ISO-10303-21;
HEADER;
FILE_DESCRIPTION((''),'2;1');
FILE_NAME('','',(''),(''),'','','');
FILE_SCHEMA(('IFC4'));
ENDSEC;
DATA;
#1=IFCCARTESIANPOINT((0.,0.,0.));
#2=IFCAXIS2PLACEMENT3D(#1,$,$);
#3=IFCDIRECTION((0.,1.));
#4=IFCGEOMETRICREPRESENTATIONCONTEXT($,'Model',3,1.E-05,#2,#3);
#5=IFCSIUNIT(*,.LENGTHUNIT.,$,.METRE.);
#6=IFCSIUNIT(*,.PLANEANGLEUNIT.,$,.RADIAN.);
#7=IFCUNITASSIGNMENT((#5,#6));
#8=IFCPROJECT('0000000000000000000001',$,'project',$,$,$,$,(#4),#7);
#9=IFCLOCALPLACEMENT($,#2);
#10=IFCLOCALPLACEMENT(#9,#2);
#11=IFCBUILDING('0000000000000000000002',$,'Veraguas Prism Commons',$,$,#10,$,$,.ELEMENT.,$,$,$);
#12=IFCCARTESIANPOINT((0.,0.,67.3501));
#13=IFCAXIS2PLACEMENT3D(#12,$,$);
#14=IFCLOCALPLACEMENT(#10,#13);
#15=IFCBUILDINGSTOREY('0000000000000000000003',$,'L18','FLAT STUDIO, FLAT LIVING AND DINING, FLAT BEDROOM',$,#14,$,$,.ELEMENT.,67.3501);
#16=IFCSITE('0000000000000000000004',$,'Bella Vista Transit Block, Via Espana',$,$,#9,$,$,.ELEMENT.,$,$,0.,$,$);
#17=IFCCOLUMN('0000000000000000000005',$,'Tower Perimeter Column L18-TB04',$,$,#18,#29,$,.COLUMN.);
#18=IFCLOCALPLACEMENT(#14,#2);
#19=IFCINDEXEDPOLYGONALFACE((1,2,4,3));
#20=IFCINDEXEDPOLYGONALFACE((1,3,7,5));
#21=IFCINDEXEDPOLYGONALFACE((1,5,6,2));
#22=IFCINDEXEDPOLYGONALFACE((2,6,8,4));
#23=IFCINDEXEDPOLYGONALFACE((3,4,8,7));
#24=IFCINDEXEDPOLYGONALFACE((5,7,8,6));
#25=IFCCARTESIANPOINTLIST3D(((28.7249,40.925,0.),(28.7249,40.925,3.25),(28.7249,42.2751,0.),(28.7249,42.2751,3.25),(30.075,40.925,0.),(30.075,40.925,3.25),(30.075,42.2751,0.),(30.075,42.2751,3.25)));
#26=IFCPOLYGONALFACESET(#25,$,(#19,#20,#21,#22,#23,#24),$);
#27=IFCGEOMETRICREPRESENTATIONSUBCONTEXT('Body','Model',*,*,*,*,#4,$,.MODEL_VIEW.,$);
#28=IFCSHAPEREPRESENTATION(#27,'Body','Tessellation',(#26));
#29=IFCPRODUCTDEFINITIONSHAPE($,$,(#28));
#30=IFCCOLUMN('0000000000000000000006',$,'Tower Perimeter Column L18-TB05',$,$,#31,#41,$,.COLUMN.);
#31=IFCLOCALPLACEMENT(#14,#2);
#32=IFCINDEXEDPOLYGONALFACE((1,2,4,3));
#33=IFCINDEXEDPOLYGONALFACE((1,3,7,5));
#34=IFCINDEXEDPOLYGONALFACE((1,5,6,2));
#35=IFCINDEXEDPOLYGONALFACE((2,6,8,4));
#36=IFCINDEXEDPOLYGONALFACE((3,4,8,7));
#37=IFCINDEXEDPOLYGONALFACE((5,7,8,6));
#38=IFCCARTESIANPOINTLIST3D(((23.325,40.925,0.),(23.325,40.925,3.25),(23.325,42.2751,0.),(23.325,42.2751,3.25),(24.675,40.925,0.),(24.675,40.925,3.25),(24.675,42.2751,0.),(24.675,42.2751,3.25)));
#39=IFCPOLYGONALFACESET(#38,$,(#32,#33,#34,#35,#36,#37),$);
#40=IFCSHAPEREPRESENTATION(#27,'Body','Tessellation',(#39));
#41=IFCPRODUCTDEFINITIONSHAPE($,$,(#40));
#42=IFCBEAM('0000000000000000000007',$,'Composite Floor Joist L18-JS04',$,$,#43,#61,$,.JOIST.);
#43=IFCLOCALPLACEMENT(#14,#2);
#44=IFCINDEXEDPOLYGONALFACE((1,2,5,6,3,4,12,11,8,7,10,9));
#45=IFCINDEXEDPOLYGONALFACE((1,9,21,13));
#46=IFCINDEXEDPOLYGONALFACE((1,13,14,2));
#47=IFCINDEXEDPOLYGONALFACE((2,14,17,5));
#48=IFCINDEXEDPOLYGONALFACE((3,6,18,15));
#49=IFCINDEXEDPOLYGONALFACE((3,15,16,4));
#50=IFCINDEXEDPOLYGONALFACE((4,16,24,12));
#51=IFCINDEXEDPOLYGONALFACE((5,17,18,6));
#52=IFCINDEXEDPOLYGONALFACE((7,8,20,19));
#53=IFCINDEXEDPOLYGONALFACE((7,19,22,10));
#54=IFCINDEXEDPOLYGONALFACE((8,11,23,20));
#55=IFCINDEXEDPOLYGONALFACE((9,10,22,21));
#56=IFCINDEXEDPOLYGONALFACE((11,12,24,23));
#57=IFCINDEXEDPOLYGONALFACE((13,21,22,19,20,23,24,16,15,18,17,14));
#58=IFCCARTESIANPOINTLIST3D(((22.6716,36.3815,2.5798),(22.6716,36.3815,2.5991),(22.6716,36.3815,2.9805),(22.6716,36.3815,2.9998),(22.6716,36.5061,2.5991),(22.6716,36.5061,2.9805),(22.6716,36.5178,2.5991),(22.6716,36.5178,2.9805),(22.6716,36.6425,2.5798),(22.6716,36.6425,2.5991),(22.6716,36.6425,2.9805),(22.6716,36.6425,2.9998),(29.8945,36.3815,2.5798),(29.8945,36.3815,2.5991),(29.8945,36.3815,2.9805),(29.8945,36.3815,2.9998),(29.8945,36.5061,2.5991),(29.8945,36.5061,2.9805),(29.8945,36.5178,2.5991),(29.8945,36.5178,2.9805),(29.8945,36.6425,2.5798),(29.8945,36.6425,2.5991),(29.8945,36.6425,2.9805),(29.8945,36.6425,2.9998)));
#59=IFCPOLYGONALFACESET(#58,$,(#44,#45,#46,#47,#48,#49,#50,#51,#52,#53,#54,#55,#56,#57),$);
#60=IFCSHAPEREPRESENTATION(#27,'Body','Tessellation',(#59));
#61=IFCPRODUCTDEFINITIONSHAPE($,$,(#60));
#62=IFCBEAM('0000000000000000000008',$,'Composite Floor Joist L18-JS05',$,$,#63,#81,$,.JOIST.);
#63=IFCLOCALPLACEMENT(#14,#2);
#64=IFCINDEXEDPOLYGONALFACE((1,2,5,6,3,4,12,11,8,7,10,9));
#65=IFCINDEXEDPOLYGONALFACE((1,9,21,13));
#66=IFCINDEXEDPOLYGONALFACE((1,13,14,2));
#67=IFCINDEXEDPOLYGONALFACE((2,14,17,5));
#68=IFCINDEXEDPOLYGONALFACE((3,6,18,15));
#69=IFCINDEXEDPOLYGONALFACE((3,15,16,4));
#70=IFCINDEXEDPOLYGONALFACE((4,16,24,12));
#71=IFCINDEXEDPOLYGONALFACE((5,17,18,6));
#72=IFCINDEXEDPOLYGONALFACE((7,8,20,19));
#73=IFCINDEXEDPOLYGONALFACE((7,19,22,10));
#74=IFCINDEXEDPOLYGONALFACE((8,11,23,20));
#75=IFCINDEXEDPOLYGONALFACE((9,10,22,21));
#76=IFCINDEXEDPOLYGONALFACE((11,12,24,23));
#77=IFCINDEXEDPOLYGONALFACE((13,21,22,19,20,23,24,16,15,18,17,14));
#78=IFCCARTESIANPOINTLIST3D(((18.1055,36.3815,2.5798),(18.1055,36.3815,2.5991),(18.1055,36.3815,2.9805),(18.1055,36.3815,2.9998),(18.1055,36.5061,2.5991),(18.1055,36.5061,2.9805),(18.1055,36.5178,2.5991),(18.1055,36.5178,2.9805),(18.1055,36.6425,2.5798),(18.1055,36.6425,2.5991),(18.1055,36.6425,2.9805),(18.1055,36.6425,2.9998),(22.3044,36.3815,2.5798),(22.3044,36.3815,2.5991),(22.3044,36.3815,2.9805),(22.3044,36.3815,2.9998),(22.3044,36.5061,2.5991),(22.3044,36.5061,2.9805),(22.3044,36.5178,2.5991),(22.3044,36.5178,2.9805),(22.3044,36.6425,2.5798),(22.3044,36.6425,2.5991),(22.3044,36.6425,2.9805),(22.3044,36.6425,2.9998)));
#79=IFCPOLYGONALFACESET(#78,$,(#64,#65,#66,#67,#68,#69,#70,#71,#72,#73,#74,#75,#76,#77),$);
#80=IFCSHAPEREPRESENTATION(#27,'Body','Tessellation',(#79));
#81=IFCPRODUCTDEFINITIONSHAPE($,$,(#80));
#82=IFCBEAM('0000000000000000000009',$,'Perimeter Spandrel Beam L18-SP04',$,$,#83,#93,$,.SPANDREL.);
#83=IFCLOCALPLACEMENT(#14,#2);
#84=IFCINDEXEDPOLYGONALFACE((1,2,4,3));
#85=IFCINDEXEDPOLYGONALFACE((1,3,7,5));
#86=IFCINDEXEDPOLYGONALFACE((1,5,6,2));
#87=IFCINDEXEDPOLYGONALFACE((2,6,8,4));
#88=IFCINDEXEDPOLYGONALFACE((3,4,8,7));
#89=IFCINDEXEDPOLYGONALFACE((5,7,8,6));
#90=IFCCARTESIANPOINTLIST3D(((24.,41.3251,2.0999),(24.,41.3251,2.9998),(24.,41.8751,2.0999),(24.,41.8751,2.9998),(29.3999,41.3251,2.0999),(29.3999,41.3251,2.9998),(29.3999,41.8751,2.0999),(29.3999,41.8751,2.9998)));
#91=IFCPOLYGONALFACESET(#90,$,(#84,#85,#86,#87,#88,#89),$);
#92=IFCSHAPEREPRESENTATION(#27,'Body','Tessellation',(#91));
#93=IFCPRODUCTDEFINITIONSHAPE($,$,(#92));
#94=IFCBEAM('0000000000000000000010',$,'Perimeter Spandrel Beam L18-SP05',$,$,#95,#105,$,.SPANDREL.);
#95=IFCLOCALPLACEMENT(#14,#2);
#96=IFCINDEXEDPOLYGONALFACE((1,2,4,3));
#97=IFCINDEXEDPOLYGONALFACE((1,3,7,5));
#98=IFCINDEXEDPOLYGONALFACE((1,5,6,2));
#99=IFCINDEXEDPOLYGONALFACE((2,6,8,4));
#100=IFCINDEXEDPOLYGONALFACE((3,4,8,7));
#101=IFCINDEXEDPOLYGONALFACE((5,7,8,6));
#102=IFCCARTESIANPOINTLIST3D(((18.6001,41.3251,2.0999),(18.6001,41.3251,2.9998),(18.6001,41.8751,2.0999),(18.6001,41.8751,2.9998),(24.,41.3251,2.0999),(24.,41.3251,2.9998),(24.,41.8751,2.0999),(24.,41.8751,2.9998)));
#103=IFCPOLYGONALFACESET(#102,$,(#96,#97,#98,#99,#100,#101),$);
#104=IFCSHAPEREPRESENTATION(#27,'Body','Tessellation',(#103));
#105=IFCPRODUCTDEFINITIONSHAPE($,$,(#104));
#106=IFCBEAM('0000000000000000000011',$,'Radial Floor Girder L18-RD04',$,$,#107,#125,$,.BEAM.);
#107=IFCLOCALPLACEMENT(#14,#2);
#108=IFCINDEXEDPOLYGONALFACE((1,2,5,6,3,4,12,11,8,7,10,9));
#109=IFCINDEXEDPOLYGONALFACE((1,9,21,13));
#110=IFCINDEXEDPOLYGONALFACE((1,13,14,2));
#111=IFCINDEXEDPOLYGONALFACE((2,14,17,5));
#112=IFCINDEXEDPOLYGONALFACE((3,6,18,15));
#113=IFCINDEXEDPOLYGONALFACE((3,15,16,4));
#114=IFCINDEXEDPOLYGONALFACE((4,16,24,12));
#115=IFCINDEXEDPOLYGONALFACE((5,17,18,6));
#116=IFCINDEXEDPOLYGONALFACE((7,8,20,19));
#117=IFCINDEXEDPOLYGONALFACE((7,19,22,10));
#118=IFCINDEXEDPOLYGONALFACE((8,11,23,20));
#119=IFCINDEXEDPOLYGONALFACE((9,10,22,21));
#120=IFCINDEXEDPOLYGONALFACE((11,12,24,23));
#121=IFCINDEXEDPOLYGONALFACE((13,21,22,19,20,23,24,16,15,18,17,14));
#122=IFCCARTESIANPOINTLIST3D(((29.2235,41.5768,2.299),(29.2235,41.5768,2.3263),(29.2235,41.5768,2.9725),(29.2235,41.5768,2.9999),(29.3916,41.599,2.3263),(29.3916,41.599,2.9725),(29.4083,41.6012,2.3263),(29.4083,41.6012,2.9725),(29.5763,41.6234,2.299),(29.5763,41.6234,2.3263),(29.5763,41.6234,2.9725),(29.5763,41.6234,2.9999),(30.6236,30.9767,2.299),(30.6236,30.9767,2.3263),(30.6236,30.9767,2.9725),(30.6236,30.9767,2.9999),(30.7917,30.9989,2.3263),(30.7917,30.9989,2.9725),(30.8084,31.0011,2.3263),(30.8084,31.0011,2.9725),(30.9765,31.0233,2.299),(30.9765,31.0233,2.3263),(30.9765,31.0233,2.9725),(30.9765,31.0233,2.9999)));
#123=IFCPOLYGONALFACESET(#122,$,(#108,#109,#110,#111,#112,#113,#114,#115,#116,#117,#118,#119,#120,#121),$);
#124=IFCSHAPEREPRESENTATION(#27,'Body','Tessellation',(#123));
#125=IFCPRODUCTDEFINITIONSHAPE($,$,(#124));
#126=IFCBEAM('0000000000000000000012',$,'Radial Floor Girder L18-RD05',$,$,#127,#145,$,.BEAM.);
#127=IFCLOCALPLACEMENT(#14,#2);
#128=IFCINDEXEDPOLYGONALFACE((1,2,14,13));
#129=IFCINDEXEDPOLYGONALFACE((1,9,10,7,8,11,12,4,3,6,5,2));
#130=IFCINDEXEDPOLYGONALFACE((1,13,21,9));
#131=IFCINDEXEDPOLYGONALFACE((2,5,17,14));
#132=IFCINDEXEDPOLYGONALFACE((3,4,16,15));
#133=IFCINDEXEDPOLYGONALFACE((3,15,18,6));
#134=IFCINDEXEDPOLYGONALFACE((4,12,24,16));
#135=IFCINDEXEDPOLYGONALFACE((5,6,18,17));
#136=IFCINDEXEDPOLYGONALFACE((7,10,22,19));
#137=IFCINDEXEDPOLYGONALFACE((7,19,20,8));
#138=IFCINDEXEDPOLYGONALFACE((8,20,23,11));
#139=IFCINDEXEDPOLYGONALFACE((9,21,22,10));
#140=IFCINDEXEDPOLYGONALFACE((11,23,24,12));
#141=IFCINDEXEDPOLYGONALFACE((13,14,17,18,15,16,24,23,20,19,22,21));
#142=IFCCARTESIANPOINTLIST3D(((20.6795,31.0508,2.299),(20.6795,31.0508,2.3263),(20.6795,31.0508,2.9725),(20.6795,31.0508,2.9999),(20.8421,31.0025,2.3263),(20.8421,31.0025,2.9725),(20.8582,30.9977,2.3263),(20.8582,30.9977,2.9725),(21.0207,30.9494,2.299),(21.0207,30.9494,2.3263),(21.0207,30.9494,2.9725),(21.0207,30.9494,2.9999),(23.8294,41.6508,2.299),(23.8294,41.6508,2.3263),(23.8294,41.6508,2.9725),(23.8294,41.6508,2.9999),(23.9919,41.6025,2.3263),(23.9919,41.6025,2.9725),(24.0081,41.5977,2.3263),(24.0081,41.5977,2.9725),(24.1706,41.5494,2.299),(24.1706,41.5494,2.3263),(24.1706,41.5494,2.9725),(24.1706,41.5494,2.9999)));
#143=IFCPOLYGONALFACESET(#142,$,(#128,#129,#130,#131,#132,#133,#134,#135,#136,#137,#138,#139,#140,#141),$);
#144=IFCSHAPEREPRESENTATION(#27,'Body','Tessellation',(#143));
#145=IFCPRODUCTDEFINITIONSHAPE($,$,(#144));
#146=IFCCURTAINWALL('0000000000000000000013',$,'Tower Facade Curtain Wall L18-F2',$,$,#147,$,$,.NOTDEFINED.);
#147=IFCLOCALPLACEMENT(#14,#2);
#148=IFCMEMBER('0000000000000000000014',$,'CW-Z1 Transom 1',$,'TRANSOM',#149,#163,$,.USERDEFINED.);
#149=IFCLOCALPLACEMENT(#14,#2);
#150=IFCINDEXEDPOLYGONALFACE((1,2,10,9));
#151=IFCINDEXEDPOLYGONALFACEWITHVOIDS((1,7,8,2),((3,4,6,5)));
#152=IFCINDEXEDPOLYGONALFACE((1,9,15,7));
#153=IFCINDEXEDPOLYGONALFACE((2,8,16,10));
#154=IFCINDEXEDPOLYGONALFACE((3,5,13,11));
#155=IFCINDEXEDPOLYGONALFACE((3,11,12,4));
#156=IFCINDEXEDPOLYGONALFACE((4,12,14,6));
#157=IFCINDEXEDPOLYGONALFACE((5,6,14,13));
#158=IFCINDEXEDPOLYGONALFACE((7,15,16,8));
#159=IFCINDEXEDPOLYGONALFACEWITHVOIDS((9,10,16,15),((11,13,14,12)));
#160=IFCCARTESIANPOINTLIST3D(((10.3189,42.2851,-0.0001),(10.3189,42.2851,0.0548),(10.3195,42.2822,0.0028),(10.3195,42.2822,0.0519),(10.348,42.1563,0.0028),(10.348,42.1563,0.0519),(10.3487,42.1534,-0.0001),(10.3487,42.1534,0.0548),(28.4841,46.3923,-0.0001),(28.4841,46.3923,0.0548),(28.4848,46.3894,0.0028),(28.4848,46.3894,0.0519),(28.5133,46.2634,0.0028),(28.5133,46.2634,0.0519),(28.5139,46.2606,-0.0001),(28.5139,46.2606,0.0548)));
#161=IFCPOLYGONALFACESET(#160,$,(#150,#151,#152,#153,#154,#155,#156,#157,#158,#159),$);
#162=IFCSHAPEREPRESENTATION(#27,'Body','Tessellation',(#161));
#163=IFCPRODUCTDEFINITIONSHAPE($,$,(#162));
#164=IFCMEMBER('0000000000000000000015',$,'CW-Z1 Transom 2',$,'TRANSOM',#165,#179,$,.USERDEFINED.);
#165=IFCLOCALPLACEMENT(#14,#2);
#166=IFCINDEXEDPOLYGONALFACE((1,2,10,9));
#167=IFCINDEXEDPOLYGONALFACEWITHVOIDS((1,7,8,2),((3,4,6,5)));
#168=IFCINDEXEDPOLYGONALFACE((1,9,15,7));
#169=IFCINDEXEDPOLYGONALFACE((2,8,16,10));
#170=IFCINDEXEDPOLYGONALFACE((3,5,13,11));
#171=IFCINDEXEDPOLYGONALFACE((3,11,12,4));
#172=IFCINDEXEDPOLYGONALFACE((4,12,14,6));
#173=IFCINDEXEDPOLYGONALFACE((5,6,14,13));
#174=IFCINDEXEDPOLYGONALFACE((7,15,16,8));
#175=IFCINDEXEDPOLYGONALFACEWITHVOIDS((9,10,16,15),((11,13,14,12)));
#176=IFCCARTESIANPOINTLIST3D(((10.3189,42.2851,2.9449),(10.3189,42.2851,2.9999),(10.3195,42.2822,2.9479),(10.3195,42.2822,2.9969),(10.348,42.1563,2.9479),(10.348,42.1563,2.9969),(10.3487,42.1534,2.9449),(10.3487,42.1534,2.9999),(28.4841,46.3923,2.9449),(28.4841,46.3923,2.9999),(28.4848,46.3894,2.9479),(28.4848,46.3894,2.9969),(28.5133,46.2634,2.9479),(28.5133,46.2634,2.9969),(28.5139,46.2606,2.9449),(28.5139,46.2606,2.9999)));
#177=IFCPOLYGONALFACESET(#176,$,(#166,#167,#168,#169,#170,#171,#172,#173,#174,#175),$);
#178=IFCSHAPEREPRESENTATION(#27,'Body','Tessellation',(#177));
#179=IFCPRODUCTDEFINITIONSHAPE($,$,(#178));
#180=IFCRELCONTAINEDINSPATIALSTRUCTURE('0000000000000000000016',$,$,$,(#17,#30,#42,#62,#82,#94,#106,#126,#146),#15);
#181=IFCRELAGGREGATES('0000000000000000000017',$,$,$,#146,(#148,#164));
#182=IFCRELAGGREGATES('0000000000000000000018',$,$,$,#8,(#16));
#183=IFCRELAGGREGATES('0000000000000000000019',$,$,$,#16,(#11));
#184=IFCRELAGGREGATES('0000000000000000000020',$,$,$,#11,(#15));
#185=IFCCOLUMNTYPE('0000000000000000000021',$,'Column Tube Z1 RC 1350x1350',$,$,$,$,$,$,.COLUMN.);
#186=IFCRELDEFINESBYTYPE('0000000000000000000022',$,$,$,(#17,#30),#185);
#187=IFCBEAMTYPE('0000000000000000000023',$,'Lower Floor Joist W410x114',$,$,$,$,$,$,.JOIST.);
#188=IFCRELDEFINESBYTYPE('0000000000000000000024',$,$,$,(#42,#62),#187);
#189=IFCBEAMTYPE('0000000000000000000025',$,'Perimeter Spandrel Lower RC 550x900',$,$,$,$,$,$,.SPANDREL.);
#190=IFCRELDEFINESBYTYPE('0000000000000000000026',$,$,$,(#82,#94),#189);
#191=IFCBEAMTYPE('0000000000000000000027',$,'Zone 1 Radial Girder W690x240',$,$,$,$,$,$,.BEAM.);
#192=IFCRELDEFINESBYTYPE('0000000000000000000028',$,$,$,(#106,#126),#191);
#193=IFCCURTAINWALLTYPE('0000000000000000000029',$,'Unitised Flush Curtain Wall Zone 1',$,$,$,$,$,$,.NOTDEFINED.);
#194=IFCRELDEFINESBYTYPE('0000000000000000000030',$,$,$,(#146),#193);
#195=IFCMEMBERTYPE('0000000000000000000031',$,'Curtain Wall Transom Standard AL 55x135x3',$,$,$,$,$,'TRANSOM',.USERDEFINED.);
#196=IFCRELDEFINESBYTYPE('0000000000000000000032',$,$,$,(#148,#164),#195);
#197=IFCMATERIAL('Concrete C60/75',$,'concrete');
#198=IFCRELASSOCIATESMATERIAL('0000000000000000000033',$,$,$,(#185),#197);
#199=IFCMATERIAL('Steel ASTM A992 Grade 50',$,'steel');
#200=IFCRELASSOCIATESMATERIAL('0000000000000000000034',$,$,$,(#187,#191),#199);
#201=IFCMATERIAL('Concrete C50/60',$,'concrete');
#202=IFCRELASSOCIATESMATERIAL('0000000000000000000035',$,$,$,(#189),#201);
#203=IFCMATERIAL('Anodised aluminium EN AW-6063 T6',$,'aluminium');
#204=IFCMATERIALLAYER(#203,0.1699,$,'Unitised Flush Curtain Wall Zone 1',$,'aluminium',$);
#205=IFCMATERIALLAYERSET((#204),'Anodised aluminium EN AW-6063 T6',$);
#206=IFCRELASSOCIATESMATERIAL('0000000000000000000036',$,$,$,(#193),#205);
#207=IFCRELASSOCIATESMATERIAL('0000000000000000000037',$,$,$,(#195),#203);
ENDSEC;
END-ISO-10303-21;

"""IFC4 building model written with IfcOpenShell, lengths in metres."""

from ifc_helpers import new_model, si_unit, direction, frame, origin, origin_2d, place, context, subcontext, project, spatial, rectangle, hollow_rectangle, i_section, extrude, source, transform, mapped, material, layer, layer_set, material_profile, profile_set, type_object, element, aggregate, save


model = new_model("IFC4")

# Units and contexts
model_context = context("Model", 3, precision=1e-05, world=origin(), true_north=direction((0.0, 1.0)))
body_context = subcontext(model_context, "Body", "Model", "MODEL_VIEW")
ifc_project = project(units=[si_unit("LENGTHUNIT", "METRE"), si_unit("PLANEANGLEUNIT", "RADIAN")], contexts=[model_context])

# Site, building, storey
site_placement = place(None, origin())
site = spatial("IfcSite", under=ifc_project, at=site_placement, Name="Bella Vista Transit Block, Via Espana", CompositionType="ELEMENT", RefElevation=0.0)
building_placement = place(site_placement, origin())
building = spatial("IfcBuilding", under=site, at=building_placement, Name="Veraguas Prism Commons", CompositionType="ELEMENT")
storey_placement = place(building_placement, frame((0.0, 0.0, 67.3501)))
storey = spatial("IfcBuildingStorey", under=building, at=storey_placement, Name="L18", Description="FLAT STUDIO, FLAT LIVING AND DINING, FLAT BEDROOM", CompositionType="ELEMENT", Elevation=67.3501)

# Columns
ifc_material_1 = material(Name="Concrete C60/75", Category="concrete")
ifc_material_profile_1 = material_profile(ifc_material_1, rectangle(XDim=1.3501, YDim=1.3501, at=origin_2d()), Name="RC1350X1350")
ifc_profile_set_1 = profile_set([ifc_material_profile_1], Name="Concrete C60/75")
column_type = type_object("IfcColumnType", Name="Column Tube Z1 RC 1350x1350", PredefinedType="COLUMN", material=ifc_profile_set_1)
for number, where, z_axis, x_axis, name in (
    (1, (29.3999, 41.6001, 0.0), (0.0, 0.0, 1.0), (1.0, 0.0, 0.0), "Tower Perimeter Column L18-TB04"),
    (2, (24.0, 41.6001, 0.0), (0.0, 0.0, 1.0), (1.0, 0.0, 0.0), "Tower Perimeter Column L18-TB05"),
):
    element("IfcColumn", number, at=place(storey_placement, frame(where, z_axis=z_axis, x_axis=x_axis)), inside=storey, type_object=column_type, Name=name, PredefinedType="COLUMN", context=body_context, shape_type="SweptSolid", body=[
        extrude(rectangle(XDim=1.3501, YDim=1.3501, at=origin_2d()), origin(), (0.0, 0.0, 1.0), 3.25),
    ])

# Beams
ifc_material_2 = material(Name="Steel ASTM A992 Grade 50", Category="steel")
ifc_material_profile_2 = material_profile(ifc_material_2, i_section(OverallWidth=0.261, OverallDepth=0.4199, WebThickness=0.0117, FlangeThickness=0.0193, at=origin_2d()), Name="W410X114")
ifc_profile_set_2 = profile_set([ifc_material_profile_2], Name="Steel ASTM A992 Grade 50")
beam_type_1 = type_object("IfcBeamType", Name="Lower Floor Joist W410x114", PredefinedType="JOIST", material=ifc_profile_set_2)
beam_1_placement = place(storey_placement, frame((29.8945, 36.512, 2.7898), z_axis=(-1.0, 0.0, 0.0), x_axis=(0.0, -1.0, 0.0)))
element("IfcBeam", 3, at=beam_1_placement, inside=storey, type_object=beam_type_1, Name="Composite Floor Joist L18-JS04", PredefinedType="JOIST", context=body_context, shape_type="SweptSolid", body=[
    extrude(i_section(OverallWidth=0.261, OverallDepth=0.4199, WebThickness=0.0117, FlangeThickness=0.0193, at=origin_2d()), origin(), (0.0, 0.0, 1.0), 7.2229),
])
beam_2_placement = place(storey_placement, frame((22.3044, 36.512, 2.7898), z_axis=(-1.0, 0.0, 0.0), x_axis=(0.0, -1.0, 0.0)))
element("IfcBeam", 4, at=beam_2_placement, inside=storey, type_object=beam_type_1, Name="Composite Floor Joist L18-JS05", PredefinedType="JOIST", context=body_context, shape_type="SweptSolid", body=[
    extrude(i_section(OverallWidth=0.261, OverallDepth=0.4199, WebThickness=0.0117, FlangeThickness=0.0193, at=origin_2d()), origin(), (0.0, 0.0, 1.0), 4.199),
])
ifc_material_3 = material(Name="Concrete C50/60", Category="concrete")
ifc_material_profile_3 = material_profile(ifc_material_3, rectangle(XDim=0.55, YDim=0.8999, at=origin_2d()), Name="RC550X900")
ifc_profile_set_3 = profile_set([ifc_material_profile_3], Name="Concrete C50/60")
beam_type_2 = type_object("IfcBeamType", Name="Perimeter Spandrel Lower RC 550x900", PredefinedType="SPANDREL", material=ifc_profile_set_3)
for number, where, z_axis, x_axis, name in (
    (5, (29.3999, 41.6001, 2.5498), (-1.0, 0.0, 0.0), (0.0, -1.0, 0.0), "Perimeter Spandrel Beam L18-SP04"),
    (6, (24.0, 41.6001, 2.5498), (-1.0, 0.0, 0.0), (0.0, -1.0, 0.0), "Perimeter Spandrel Beam L18-SP05"),
):
    element("IfcBeam", number, at=place(storey_placement, frame(where, z_axis=z_axis, x_axis=x_axis)), inside=storey, type_object=beam_type_2, Name=name, PredefinedType="SPANDREL", context=body_context, shape_type="SweptSolid", body=[
        extrude(rectangle(XDim=0.55, YDim=0.8999, at=origin_2d()), origin(), (0.0, 0.0, 1.0), 5.3999),
    ])
ifc_material_profile_4 = material_profile(ifc_material_2, i_section(OverallWidth=0.356, OverallDepth=0.7009, WebThickness=0.0168, FlangeThickness=0.0273, at=origin_2d()), Name="W690X240")
ifc_profile_set_4 = profile_set([ifc_material_profile_4], Name="Steel ASTM A992 Grade 50")
beam_type_3 = type_object("IfcBeamType", Name="Zone 1 Radial Girder W690x240", PredefinedType="BEAM", material=ifc_profile_set_4)
beam_3_placement = place(storey_placement, frame((29.3999, 41.6001, 2.6494), z_axis=(0.130951, -0.991389, 0.0), x_axis=(0.991389, 0.130951, 0.0)))
element("IfcBeam", 7, at=beam_3_placement, inside=storey, type_object=beam_type_3, Name="Radial Floor Girder L18-RD04", PredefinedType="BEAM", context=body_context, shape_type="SweptSolid", body=[
    extrude(i_section(OverallWidth=0.356, OverallDepth=0.7009, WebThickness=0.0168, FlangeThickness=0.0273, at=origin_2d()), origin(), (0.0, 0.0, 1.0), 10.6921),
])
beam_4_placement = place(storey_placement, frame((24.0, 41.6001, 2.6494), z_axis=(-0.284847, -0.958573, 0.0), x_axis=(0.958573, -0.284847, 0.0)))
element("IfcBeam", 8, at=beam_4_placement, inside=storey, type_object=beam_type_3, Name="Radial Floor Girder L18-RD05", PredefinedType="BEAM", context=body_context, shape_type="SweptSolid", body=[
    extrude(i_section(OverallWidth=0.356, OverallDepth=0.7009, WebThickness=0.0168, FlangeThickness=0.0273, at=origin_2d()), origin(), (0.0, 0.0, 1.0), 11.0581),
])

# Curtain wall, members
ifc_material_4 = material(Name="Anodised aluminium EN AW-6063 T6", Category="aluminium")
ifc_layer_1 = layer(ifc_material_4, 0.1699, Name="Unitised Flush Curtain Wall Zone 1", Category="aluminium")
ifc_layer_set_1 = layer_set([ifc_layer_1], Name="Anodised aluminium EN AW-6063 T6")
curtain_wall_type = type_object("IfcCurtainWallType", Name="Unitised Flush Curtain Wall Zone 1", PredefinedType="NOTDEFINED", material=ifc_layer_set_1)
curtain_wall_1_placement = place(storey_placement, origin())
curtain_wall_1 = element("IfcCurtainWall", 9, at=curtain_wall_1_placement, inside=storey, type_object=curtain_wall_type, Name="Tower Facade Curtain Wall L18-F2", PredefinedType="NOTDEFINED")
ifc_material_profile_5 = material_profile(ifc_material_4, hollow_rectangle(XDim=0.0549, YDim=0.135, WallThickness=0.0029, at=origin_2d()), Name="AL55X135X3")
ifc_profile_set_5 = profile_set([ifc_material_profile_5], Name="Anodised aluminium EN AW-6063 T6")
member_type_1 = type_object("IfcMemberType", Name="Curtain Wall Transom Standard AL 55x135x3", ElementType="TRANSOM", PredefinedType="USERDEFINED", material=ifc_profile_set_5)
shared_shape_1 = source(origin(), body_context, "Body", "SweptSolid", [
    extrude(hollow_rectangle(XDim=0.0549, YDim=0.135, WallThickness=0.0029, at=origin_2d()), origin(), (0.0, 0.0, 1.0), 18.6238),
])
member_1_placement = place(storey_placement, frame((28.499, 46.3264, 0.0273), z_axis=(-0.975379, -0.220534, 0.0), x_axis=(0.0, 0.0, 1.0)))
member_1 = element("IfcMember", 10, at=member_1_placement, type_object=member_type_1, Name="CW-Z1 Transom 1", ObjectType="TRANSOM", PredefinedType="USERDEFINED", context=body_context, shape_type="MappedRepresentation", body=[
    mapped(shared_shape_1, transform((0.0, 0.0, 0.0), scale=1.0)),
])
member_2_placement = place(storey_placement, frame((28.499, 46.3264, 2.9724), z_axis=(-0.975379, -0.220534, 0.0), x_axis=(0.0, 0.0, 1.0)))
member_2 = element("IfcMember", 11, at=member_2_placement, type_object=member_type_1, Name="CW-Z1 Transom 2", ObjectType="TRANSOM", PredefinedType="USERDEFINED", context=body_context, shape_type="MappedRepresentation", body=[
    mapped(shared_shape_1, transform((0.0, 0.0, 0.0), scale=1.0)),
])

aggregate(curtain_wall_1, [member_1, member_2])

save(model, "model.ifc")
